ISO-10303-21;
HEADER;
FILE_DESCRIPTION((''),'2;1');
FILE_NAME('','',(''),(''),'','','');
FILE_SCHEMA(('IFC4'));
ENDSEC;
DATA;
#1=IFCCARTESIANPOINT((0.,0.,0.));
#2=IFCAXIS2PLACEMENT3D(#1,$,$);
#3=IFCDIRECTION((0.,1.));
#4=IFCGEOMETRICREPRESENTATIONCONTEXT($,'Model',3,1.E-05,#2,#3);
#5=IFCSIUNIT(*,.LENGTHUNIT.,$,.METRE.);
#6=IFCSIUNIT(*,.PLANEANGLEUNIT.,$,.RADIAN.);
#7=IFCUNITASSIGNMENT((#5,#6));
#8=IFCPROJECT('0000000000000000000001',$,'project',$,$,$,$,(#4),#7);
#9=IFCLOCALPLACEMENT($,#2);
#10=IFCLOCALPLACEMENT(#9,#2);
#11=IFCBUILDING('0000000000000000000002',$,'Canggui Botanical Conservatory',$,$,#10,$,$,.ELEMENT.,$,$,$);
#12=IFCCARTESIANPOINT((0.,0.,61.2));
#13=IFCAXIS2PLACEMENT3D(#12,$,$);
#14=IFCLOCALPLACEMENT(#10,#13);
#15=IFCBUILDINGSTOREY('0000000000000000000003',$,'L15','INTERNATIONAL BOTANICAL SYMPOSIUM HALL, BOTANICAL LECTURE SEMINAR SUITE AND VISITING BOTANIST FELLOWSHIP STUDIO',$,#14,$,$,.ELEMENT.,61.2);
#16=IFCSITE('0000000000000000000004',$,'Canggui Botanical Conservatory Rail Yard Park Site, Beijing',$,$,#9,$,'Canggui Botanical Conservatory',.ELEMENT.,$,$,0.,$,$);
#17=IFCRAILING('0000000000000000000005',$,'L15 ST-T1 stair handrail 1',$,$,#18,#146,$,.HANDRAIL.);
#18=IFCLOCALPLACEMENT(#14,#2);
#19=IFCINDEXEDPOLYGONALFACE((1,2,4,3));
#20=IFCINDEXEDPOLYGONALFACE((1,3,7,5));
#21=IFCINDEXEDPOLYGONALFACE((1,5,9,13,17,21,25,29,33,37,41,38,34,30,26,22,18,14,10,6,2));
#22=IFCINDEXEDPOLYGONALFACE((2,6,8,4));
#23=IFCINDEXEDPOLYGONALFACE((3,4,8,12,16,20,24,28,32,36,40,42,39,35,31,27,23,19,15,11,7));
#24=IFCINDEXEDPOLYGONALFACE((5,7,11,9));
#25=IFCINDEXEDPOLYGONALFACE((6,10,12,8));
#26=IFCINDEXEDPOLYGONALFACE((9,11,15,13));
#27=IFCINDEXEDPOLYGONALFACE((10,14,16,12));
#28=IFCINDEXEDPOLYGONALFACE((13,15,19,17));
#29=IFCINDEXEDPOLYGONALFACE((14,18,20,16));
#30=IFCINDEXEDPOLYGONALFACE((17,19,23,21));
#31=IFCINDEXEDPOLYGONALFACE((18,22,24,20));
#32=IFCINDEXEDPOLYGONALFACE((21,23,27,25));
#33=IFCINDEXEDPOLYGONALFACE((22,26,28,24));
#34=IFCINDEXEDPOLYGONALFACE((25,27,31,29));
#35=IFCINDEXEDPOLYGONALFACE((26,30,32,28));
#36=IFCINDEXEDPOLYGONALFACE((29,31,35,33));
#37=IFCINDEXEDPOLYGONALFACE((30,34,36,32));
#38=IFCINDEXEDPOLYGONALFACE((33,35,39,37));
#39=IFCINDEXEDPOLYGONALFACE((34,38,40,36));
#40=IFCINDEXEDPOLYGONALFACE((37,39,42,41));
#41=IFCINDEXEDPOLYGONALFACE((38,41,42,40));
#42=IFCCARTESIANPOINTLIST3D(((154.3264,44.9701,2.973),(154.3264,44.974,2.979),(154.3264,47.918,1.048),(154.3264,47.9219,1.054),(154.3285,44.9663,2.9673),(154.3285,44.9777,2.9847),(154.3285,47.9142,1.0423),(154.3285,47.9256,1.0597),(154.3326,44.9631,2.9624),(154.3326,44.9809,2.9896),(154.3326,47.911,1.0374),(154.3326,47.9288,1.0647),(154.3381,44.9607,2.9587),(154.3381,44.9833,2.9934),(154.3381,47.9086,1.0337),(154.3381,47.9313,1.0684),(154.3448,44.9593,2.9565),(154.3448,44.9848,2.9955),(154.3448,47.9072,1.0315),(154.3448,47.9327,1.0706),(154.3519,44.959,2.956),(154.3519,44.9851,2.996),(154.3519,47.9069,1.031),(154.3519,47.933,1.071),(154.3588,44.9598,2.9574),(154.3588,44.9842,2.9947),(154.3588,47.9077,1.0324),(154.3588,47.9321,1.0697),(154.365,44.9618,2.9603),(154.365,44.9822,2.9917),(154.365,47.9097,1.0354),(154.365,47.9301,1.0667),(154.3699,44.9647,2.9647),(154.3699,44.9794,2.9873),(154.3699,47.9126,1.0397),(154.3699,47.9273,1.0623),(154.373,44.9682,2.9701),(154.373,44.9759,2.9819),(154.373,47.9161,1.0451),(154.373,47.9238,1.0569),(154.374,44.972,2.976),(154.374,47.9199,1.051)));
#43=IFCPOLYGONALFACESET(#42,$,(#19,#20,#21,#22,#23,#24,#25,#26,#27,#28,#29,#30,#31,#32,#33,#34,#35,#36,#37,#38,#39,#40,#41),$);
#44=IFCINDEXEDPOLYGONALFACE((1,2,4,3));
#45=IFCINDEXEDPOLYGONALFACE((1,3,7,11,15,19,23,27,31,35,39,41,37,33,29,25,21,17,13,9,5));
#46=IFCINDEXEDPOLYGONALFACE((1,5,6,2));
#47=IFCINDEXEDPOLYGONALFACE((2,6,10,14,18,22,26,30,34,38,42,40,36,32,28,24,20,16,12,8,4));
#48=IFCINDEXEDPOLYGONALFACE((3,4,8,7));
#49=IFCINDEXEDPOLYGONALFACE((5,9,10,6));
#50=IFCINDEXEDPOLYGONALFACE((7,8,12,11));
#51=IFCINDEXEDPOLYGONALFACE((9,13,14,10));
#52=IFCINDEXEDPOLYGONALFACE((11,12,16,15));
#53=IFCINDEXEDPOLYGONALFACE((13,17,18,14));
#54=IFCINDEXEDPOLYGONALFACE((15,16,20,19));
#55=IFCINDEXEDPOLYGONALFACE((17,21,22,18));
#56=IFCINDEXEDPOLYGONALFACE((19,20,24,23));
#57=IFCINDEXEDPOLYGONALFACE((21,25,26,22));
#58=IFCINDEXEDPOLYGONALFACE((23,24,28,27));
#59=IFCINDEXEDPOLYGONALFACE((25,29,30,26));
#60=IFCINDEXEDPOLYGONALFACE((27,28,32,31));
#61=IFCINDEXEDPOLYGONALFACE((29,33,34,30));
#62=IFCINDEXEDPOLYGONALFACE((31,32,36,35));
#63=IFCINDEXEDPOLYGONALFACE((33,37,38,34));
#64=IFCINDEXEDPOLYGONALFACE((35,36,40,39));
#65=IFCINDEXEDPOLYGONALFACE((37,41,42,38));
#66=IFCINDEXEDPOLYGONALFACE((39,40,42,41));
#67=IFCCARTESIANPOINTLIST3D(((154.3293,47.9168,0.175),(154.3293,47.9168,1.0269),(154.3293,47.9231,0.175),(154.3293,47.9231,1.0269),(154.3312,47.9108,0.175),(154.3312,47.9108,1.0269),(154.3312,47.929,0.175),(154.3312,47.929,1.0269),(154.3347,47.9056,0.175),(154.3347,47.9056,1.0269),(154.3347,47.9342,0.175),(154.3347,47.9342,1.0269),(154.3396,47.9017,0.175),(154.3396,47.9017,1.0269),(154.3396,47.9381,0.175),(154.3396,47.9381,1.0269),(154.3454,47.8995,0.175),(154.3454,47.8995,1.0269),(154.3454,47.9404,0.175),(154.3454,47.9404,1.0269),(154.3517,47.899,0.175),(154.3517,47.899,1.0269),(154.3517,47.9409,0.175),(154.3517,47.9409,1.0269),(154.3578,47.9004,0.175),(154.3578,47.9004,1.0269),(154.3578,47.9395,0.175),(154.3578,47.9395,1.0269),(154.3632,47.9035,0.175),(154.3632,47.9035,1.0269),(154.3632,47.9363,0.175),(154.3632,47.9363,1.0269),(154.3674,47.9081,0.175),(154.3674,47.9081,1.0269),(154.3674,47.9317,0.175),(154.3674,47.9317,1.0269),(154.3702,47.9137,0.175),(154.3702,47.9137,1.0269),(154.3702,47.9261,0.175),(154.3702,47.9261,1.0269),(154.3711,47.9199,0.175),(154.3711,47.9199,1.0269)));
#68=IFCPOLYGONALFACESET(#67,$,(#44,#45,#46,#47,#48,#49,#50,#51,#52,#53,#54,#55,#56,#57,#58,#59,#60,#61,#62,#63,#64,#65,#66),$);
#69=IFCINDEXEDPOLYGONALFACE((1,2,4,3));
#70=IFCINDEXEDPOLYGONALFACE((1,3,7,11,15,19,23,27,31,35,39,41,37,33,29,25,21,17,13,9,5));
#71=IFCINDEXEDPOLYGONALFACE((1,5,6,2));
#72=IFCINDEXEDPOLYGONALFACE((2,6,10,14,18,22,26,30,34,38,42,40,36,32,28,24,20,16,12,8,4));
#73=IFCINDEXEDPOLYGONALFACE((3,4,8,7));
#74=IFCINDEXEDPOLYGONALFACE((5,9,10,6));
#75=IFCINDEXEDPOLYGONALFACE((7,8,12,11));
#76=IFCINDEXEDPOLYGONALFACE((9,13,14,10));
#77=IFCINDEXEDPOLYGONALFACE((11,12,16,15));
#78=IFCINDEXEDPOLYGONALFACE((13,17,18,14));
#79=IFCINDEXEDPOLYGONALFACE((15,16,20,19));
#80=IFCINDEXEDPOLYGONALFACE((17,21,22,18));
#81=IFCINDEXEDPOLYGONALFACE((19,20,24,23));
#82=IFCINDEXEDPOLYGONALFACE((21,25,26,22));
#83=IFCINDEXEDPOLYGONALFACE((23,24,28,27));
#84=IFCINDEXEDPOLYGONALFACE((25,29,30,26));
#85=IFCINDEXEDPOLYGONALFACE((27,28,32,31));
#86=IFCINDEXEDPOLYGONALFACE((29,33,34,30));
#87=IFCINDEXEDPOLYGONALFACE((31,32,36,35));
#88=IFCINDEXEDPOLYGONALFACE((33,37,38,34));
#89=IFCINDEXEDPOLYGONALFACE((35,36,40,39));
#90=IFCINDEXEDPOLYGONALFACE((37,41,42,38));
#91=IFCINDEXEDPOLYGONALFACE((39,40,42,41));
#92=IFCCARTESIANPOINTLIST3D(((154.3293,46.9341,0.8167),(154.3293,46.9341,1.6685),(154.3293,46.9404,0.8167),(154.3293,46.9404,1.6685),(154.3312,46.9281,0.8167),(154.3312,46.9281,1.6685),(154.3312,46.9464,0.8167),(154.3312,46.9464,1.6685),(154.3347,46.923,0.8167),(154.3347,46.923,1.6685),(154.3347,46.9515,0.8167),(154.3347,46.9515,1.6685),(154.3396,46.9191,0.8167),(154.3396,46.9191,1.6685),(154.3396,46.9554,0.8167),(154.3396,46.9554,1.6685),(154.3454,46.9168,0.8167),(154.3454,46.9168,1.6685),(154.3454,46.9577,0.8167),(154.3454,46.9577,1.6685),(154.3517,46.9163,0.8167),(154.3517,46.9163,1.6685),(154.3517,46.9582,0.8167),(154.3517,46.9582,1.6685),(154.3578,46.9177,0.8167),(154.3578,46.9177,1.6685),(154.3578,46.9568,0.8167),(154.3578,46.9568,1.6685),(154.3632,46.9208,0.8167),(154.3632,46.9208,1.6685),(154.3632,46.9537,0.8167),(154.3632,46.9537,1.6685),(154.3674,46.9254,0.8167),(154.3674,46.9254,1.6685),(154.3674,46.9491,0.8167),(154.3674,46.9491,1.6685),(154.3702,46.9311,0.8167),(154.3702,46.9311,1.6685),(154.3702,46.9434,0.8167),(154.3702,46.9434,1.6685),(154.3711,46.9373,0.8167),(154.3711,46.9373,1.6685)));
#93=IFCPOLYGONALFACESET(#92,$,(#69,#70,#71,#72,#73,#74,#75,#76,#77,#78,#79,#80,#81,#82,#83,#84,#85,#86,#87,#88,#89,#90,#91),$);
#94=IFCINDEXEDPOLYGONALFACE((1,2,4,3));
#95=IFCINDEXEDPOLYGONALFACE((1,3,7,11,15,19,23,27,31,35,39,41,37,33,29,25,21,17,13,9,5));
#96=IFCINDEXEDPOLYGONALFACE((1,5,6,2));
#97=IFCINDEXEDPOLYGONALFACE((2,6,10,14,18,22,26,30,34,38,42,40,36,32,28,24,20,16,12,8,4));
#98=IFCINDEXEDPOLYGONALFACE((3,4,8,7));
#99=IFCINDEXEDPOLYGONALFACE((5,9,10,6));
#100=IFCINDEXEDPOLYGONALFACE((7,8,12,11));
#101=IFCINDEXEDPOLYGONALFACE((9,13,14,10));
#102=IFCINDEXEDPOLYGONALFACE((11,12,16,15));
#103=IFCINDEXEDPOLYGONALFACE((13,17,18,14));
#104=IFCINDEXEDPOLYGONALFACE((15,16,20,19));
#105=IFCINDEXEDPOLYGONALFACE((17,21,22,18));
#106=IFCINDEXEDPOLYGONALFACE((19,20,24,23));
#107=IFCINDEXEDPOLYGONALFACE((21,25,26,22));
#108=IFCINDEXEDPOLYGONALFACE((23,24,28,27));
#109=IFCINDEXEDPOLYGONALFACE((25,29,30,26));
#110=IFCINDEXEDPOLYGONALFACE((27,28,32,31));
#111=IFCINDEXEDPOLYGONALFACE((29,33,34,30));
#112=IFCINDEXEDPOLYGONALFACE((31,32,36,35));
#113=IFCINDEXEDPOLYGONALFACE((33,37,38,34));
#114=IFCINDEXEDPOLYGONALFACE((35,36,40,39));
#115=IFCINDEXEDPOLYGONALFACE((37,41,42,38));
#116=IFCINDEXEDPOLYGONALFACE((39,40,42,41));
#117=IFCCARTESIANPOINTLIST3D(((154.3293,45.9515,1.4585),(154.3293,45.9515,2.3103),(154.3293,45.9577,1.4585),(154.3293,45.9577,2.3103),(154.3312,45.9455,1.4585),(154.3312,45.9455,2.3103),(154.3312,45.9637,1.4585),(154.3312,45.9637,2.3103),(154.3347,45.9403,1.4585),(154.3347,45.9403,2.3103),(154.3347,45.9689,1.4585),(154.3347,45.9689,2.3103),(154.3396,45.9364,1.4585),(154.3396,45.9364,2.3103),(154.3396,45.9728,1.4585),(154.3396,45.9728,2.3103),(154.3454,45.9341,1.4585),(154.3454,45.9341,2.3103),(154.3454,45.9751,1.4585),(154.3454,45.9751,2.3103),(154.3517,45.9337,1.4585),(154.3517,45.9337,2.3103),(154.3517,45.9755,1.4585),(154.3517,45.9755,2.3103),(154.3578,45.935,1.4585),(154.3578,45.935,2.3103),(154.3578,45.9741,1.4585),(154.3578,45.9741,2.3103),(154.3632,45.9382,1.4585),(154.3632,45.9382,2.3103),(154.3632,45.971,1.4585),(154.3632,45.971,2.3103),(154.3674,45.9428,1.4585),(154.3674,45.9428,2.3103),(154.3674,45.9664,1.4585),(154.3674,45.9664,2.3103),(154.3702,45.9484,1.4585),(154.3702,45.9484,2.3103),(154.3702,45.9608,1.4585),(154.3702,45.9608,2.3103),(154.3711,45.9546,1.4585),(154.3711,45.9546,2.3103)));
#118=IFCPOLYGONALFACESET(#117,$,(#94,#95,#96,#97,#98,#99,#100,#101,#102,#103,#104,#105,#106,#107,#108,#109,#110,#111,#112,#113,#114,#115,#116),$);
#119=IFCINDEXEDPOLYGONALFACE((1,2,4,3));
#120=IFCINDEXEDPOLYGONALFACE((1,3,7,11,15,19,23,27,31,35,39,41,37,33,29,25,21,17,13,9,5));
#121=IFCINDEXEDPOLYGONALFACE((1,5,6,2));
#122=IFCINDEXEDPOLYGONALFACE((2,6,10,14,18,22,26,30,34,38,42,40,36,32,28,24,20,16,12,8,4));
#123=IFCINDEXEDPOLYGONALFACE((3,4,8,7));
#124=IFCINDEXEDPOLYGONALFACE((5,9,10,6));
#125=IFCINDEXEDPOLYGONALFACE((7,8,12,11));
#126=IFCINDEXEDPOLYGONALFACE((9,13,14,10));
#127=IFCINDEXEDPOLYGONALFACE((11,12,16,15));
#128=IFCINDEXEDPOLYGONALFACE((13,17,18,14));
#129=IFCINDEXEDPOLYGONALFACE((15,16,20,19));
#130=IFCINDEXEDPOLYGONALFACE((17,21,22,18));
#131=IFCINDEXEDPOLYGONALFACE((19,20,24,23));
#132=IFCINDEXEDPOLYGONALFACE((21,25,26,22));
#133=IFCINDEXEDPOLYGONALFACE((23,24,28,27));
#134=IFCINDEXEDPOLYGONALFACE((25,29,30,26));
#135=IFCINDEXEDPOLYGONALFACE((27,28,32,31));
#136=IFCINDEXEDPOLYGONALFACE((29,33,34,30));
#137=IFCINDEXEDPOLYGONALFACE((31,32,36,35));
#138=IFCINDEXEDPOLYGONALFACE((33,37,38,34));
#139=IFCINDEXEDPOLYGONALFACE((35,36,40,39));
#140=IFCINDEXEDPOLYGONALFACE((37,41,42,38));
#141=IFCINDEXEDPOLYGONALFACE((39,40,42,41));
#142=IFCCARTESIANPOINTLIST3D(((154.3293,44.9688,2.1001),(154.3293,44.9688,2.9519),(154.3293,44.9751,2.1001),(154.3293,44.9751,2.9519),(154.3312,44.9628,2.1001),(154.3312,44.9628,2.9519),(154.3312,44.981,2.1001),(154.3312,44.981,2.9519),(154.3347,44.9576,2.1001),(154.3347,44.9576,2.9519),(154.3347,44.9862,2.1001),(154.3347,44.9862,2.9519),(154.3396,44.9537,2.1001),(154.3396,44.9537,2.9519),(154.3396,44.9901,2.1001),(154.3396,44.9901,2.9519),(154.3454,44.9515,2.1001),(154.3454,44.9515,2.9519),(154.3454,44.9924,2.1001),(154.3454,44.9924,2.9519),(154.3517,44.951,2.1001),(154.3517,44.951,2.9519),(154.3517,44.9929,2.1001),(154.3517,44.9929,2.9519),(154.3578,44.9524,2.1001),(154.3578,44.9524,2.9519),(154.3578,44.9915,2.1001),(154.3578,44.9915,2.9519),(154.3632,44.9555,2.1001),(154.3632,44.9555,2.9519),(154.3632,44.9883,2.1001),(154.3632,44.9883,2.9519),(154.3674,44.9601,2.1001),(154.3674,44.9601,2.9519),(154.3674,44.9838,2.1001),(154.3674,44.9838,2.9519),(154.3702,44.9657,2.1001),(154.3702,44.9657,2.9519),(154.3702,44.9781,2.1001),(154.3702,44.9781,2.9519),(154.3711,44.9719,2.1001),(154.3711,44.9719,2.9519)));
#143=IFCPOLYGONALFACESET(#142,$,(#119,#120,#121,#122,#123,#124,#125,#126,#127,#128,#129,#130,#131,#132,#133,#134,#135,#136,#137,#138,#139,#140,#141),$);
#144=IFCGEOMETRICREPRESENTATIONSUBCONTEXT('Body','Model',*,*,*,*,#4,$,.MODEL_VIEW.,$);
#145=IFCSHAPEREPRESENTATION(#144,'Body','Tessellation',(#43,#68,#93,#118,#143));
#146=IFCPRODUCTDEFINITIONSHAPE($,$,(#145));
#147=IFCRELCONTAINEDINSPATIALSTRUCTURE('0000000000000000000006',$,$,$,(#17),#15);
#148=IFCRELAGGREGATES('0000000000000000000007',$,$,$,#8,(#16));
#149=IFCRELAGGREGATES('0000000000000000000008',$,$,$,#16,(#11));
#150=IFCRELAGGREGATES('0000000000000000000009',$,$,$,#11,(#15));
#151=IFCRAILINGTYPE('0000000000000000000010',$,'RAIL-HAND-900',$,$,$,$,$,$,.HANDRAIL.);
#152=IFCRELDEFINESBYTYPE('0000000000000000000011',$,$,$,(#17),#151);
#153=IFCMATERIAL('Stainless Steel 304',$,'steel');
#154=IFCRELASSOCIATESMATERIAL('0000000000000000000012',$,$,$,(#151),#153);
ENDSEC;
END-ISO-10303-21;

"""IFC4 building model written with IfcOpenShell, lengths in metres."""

from ifc_helpers import new_model, si_unit, direction, frame, origin, origin_2d, place, context, subcontext, project, spatial, circle, extrude, material, type_object, element, save


model = new_model("IFC4")

# Units and contexts
model_context = context("Model", 3, precision=1e-05, world=origin(), true_north=direction((0.0, 1.0)))
body_context = subcontext(model_context, "Body", "Model", "MODEL_VIEW")
ifc_project = project(units=[si_unit("LENGTHUNIT", "METRE"), si_unit("PLANEANGLEUNIT", "RADIAN")], contexts=[model_context])

# Site, building, storey
site_placement = place(None, origin())
site = spatial("IfcSite", under=ifc_project, at=site_placement, Name="Canggui Botanical Conservatory Rail Yard Park Site, Beijing", LongName="Canggui Botanical Conservatory", CompositionType="ELEMENT", RefElevation=0.0)
building_placement = place(site_placement, origin())
building = spatial("IfcBuilding", under=site, at=building_placement, Name="Canggui Botanical Conservatory", CompositionType="ELEMENT")
storey_placement = place(building_placement, frame((0.0, 0.0, 61.2)))
storey = spatial("IfcBuildingStorey", under=building, at=storey_placement, Name="L15", Description="INTERNATIONAL BOTANICAL SYMPOSIUM HALL, BOTANICAL LECTURE SEMINAR SUITE AND VISITING BOTANIST FELLOWSHIP STUDIO", CompositionType="ELEMENT", Elevation=61.2)

# Railing
ifc_material_1 = material(Name="Stainless Steel 304", Category="steel")
railing_type_1 = type_object("IfcRailingType", Name="RAIL-HAND-900", PredefinedType="HANDRAIL", material=ifc_material_1)
railing_1_placement = place(storey_placement, frame((154.3501, 47.9199, 0.175)))
element("IfcRailing", 1, at=railing_1_placement, inside=storey, type_object=railing_type_1, Name="L15 ST-T1 stair handrail 1", PredefinedType="HANDRAIL", context=body_context, shape_type="SweptSolid", body=[
    extrude(circle(Radius=0.0239, at=origin_2d()), frame((0.0, 0.0, 0.876), z_axis=(0.0, -0.837293, 0.546754), x_axis=(1.0, 0.0, 0.0)), (0.0, 0.0, 1.0), 3.5208),
    extrude(circle(Radius=0.021, at=origin_2d()), origin(), (0.0, 0.0, 1.0), 0.8518),
    extrude(circle(Radius=0.021, at=origin_2d()), frame((0.0, -0.9827, 0.6416)), (0.0, 0.0, 1.0), 0.8518),
    extrude(circle(Radius=0.021, at=origin_2d()), frame((0.0, -1.9653, 1.2834)), (0.0, 0.0, 1.0), 0.8518),
    extrude(circle(Radius=0.021, at=origin_2d()), frame((0.0, -2.948, 1.925)), (0.0, 0.0, 1.0), 0.8518),
])

save(model, "model.ifc")
